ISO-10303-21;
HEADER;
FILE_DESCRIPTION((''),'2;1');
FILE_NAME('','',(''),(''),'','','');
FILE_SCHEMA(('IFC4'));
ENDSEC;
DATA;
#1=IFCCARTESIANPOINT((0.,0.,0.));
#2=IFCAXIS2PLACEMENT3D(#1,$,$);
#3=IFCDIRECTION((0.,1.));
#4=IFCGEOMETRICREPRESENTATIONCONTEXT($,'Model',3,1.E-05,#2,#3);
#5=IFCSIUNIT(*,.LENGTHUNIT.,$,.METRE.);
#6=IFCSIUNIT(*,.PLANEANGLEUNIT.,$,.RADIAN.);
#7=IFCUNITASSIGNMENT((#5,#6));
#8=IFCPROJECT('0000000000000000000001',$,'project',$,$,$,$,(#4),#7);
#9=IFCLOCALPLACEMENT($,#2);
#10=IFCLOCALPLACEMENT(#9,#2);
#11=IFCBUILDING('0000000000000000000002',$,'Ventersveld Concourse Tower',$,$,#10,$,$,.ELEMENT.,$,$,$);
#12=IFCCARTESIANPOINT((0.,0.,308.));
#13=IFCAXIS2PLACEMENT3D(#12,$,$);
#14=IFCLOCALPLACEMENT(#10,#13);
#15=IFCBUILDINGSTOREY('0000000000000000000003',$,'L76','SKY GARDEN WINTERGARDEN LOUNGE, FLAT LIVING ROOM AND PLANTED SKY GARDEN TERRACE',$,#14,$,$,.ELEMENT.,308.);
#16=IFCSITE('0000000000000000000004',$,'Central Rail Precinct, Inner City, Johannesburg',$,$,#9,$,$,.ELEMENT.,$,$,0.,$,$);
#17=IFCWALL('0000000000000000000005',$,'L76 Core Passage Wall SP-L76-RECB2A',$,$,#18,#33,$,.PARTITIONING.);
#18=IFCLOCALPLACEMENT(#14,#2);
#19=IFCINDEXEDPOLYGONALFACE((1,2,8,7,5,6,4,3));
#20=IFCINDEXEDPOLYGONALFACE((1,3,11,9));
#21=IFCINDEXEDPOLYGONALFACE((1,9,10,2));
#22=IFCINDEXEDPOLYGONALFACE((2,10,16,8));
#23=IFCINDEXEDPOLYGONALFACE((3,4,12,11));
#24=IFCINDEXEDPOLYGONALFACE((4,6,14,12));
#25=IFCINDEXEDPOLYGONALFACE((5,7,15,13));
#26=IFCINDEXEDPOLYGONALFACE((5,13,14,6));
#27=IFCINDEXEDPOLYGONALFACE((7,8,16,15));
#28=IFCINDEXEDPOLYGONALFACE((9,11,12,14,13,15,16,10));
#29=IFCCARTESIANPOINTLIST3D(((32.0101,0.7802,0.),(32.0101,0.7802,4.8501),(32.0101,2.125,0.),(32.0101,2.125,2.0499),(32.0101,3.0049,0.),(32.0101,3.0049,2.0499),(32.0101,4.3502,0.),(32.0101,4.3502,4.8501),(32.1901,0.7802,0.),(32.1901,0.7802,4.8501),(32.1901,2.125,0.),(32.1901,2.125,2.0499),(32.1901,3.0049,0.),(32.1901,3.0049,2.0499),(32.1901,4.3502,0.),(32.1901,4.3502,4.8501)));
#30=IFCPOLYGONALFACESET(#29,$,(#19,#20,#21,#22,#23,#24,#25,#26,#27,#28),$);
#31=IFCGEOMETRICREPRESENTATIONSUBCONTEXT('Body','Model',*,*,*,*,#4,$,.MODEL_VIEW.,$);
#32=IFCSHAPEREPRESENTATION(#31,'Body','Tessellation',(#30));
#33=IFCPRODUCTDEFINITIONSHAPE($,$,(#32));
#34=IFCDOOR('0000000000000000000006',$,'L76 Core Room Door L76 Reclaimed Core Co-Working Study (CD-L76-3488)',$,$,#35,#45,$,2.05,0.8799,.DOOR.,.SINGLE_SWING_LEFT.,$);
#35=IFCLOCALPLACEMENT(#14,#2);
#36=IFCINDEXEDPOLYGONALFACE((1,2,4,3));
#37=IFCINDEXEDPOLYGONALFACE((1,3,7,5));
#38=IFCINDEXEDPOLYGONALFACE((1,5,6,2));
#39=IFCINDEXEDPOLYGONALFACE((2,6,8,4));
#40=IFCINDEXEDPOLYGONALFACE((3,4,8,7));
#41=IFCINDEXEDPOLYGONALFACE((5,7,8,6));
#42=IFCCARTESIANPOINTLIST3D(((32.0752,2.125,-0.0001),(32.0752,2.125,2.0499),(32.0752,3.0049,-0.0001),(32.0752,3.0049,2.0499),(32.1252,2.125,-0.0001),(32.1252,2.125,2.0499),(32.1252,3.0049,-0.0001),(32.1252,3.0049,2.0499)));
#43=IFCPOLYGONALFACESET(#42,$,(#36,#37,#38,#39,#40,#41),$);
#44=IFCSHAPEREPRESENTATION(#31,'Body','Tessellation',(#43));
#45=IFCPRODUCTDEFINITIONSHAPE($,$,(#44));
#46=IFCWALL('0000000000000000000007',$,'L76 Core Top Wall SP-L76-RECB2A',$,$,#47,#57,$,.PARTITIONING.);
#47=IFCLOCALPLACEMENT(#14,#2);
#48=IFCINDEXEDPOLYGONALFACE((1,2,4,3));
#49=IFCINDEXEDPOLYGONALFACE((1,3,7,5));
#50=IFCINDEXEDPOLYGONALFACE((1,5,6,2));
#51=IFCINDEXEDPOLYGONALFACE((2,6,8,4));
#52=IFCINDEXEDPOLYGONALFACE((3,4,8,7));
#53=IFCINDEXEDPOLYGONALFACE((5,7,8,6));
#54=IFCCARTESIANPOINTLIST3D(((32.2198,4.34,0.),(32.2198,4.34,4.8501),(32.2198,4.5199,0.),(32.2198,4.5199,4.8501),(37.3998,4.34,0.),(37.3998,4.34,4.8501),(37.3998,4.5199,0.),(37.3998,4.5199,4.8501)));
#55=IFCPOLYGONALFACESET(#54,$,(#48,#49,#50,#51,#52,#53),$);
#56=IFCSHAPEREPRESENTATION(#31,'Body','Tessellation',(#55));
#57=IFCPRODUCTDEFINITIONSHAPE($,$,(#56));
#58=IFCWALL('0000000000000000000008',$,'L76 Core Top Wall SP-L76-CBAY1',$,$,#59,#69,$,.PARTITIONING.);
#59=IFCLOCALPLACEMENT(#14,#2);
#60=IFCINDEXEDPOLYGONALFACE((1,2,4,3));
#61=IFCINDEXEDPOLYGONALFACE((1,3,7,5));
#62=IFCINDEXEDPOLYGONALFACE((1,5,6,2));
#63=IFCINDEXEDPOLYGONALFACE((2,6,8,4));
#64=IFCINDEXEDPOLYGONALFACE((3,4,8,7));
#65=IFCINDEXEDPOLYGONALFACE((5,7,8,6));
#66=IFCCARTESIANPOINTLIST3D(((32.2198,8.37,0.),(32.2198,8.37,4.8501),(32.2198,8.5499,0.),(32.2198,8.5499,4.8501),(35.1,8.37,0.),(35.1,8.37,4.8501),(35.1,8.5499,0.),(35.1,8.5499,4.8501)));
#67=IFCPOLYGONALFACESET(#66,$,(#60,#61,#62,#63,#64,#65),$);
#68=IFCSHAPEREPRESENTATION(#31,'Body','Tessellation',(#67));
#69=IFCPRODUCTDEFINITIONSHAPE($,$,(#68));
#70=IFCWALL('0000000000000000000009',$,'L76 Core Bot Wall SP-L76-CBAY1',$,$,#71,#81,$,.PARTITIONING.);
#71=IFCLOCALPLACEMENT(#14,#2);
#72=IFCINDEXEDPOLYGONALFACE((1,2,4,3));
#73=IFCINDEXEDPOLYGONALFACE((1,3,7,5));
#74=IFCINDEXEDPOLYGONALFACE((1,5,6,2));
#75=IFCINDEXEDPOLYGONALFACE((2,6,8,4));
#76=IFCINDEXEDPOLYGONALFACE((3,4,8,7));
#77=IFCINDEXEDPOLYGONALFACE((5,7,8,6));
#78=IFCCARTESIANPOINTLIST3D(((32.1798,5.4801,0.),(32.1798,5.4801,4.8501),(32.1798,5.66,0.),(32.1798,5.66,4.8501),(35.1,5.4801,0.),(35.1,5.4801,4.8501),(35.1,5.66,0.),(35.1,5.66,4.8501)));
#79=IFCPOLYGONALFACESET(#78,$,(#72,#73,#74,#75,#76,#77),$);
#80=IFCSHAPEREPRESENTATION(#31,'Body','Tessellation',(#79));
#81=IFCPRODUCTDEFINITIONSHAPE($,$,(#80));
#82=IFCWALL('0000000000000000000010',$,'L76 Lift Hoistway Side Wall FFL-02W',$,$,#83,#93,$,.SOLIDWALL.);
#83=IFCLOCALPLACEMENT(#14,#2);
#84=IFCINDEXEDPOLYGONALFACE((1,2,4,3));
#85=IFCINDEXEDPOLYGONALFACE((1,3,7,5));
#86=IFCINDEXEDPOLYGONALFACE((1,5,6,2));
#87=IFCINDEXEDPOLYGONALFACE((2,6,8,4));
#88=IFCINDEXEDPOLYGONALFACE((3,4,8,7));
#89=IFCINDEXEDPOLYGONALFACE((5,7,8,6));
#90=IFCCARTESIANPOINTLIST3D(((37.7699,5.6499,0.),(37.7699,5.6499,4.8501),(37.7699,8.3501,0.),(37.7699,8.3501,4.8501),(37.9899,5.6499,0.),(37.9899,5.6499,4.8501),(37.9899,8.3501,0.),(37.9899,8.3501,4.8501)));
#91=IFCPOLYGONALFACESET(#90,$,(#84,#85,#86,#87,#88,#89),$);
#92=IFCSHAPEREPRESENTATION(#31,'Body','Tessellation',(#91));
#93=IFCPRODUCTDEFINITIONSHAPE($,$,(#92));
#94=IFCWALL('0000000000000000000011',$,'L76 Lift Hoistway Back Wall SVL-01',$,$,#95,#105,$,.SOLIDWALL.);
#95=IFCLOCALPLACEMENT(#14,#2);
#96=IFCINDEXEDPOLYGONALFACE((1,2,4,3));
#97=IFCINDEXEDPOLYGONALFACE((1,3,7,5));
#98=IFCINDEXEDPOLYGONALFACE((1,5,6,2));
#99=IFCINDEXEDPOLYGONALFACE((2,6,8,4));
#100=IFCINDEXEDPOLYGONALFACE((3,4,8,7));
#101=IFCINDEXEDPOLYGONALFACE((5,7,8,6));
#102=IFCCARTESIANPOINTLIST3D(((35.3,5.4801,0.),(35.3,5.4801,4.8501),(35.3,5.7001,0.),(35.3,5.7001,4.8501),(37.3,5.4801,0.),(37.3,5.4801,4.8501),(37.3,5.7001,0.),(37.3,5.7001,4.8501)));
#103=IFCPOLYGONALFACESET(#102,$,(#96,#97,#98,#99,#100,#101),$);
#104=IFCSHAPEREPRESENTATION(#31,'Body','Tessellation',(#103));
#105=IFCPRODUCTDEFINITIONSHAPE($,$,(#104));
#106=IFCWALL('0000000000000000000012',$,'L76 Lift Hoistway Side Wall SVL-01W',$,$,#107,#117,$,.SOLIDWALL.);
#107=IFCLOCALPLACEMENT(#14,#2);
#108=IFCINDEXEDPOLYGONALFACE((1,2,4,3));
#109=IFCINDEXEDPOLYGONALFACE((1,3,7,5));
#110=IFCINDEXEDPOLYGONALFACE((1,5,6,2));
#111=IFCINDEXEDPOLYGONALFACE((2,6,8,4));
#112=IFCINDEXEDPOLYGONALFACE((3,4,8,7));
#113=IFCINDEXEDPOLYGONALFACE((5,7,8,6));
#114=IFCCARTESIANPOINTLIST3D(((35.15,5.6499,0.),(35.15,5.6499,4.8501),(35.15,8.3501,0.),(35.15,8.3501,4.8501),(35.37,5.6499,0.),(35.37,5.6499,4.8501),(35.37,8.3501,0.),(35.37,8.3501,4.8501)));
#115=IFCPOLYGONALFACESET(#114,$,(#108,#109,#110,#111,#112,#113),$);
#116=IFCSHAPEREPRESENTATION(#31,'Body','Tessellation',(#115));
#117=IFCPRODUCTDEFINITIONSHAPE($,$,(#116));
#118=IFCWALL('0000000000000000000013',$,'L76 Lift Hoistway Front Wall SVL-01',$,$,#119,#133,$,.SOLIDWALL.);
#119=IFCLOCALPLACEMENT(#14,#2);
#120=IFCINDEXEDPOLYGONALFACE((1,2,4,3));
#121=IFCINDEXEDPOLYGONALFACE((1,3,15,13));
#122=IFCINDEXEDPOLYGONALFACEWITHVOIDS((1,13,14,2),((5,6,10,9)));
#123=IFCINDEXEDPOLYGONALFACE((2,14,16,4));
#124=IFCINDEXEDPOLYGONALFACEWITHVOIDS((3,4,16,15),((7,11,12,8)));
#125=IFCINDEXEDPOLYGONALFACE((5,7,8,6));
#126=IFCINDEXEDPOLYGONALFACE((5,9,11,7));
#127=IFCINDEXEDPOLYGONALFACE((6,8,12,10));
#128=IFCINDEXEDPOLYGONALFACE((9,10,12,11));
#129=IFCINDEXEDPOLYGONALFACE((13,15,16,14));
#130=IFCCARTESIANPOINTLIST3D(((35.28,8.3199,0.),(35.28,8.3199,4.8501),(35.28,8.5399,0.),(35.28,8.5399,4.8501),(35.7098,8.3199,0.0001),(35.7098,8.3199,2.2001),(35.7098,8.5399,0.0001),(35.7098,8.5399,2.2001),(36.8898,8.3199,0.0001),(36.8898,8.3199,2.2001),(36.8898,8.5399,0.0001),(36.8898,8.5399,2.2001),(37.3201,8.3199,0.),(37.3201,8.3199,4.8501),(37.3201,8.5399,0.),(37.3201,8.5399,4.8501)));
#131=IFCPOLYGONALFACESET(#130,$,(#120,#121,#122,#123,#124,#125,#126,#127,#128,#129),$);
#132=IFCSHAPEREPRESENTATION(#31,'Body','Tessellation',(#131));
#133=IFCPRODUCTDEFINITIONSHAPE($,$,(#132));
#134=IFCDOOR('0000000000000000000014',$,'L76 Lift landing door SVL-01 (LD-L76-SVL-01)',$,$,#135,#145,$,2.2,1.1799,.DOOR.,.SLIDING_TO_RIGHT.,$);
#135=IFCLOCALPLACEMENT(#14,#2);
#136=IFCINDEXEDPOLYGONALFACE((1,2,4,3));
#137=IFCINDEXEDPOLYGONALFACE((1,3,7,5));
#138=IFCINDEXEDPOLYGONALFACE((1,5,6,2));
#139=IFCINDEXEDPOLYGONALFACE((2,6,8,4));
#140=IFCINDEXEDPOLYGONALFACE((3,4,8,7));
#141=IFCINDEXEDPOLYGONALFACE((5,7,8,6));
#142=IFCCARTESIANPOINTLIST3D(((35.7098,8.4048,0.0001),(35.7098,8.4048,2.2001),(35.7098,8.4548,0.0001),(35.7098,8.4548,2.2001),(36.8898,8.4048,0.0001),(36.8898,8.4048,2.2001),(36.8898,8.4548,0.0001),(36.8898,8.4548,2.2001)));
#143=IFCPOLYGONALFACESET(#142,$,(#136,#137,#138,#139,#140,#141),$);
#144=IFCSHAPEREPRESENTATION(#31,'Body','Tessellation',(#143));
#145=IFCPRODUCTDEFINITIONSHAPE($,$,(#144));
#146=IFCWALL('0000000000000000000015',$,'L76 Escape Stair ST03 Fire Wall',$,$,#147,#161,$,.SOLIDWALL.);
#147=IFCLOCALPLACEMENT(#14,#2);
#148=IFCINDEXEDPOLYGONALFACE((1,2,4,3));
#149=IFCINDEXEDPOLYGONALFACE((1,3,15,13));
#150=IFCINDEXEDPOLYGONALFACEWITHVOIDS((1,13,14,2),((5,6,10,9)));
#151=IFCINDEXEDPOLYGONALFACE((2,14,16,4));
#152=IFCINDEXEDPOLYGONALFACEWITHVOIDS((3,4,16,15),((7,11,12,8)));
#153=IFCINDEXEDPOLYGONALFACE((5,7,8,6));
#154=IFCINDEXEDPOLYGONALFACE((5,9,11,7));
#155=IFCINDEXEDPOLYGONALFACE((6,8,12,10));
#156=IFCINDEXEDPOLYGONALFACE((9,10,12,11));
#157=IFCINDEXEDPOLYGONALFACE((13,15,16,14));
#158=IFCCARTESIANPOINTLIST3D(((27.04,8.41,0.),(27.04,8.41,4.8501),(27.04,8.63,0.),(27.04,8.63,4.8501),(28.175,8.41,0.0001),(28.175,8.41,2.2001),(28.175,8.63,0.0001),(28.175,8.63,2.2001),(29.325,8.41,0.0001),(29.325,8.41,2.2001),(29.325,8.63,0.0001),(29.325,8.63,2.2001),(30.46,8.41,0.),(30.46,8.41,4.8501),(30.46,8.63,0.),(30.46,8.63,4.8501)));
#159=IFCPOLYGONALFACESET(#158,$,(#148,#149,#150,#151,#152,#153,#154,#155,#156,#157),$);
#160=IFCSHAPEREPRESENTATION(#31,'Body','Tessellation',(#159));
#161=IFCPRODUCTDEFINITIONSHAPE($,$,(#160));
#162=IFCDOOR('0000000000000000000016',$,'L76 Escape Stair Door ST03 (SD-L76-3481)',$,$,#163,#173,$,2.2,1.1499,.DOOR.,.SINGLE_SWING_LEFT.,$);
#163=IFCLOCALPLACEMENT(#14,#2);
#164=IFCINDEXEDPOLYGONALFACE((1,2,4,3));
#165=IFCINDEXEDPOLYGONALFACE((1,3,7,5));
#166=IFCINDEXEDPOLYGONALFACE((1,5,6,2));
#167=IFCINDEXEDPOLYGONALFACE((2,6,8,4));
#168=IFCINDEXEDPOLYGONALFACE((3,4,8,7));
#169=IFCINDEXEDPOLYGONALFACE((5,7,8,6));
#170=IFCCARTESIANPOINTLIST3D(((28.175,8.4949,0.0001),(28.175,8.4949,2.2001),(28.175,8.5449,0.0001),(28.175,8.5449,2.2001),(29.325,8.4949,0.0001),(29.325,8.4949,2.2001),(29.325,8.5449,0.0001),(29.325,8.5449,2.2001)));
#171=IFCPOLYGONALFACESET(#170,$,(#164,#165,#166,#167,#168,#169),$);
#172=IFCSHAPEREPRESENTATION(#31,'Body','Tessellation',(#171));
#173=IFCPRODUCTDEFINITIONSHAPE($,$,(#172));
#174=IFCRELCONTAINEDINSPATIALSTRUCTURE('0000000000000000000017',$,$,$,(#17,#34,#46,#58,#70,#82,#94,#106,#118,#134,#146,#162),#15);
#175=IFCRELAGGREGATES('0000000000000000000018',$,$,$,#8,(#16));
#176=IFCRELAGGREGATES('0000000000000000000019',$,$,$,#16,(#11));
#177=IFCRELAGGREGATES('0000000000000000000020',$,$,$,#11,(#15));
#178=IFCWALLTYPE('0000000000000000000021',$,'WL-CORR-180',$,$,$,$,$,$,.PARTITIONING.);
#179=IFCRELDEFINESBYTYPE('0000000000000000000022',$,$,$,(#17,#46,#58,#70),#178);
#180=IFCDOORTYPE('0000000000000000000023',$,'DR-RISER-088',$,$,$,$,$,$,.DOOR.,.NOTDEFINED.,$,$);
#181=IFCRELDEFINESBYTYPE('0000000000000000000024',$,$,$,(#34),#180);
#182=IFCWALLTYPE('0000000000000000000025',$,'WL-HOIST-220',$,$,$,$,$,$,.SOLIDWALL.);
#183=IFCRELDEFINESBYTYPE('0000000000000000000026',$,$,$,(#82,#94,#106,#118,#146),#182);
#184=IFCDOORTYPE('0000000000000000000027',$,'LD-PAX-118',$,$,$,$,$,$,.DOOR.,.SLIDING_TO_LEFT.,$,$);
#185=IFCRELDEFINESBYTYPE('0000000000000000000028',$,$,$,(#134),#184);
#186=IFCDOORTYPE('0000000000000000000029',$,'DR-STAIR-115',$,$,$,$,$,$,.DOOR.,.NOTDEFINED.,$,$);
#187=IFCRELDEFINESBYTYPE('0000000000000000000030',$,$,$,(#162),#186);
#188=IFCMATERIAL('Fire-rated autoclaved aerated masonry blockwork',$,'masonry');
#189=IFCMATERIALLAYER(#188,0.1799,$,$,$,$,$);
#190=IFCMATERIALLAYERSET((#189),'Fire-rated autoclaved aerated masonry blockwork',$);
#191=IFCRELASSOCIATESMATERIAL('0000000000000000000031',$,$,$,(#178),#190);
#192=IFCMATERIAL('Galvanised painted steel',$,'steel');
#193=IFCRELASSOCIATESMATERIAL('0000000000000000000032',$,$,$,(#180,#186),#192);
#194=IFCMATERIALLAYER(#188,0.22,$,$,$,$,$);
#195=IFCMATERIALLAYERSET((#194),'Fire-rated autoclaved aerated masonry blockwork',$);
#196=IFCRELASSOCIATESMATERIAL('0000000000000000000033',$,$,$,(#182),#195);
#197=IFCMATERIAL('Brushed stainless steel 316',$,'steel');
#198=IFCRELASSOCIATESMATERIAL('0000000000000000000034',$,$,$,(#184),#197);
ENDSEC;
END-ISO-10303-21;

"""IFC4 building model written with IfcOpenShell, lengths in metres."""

from ifc_helpers import new_model, si_unit, direction, frame, frame_2d, origin, place, context, subcontext, project, spatial, rectangle, extrude, material, layer, layer_set, type_object, element, fill, save


model = new_model("IFC4")

# Units and contexts
model_context = context("Model", 3, precision=1e-05, world=origin(), true_north=direction((0.0, 1.0)))
body_context = subcontext(model_context, "Body", "Model", "MODEL_VIEW")
ifc_project = project(units=[si_unit("LENGTHUNIT", "METRE"), si_unit("PLANEANGLEUNIT", "RADIAN")], contexts=[model_context])

# Site, building, storey
site_placement = place(None, origin())
site = spatial("IfcSite", under=ifc_project, at=site_placement, Name="Central Rail Precinct, Inner City, Johannesburg", CompositionType="ELEMENT", RefElevation=0.0)
building_placement = place(site_placement, origin())
building = spatial("IfcBuilding", under=site, at=building_placement, Name="Ventersveld Concourse Tower", CompositionType="ELEMENT")
storey_placement = place(building_placement, frame((0.0, 0.0, 308.0)))
storey = spatial("IfcBuildingStorey", under=building, at=storey_placement, Name="L76", Description="SKY GARDEN WINTERGARDEN LOUNGE, FLAT LIVING ROOM AND PLANTED SKY GARDEN TERRACE", CompositionType="ELEMENT", Elevation=308.0)

# Wall, opening, door
ifc_material_1 = material(Name="Fire-rated autoclaved aerated masonry blockwork", Category="masonry")
ifc_layer_1 = layer(ifc_material_1, 0.1799)
ifc_layer_set_1 = layer_set([ifc_layer_1], Name="Fire-rated autoclaved aerated masonry blockwork")
wall_type_1 = type_object("IfcWallType", Name="WL-CORR-180", PredefinedType="PARTITIONING", material=ifc_layer_set_1)
wall_1_placement = place(storey_placement, frame((32.1001, 0.78, 0.0), z_axis=(0.0, 0.0, 1.0), x_axis=(0.0, 1.0, 0.0)))
wall_1 = element("IfcWall", 1, at=wall_1_placement, inside=storey, type_object=wall_type_1, Name="L76 Core Passage Wall SP-L76-RECB2A", PredefinedType="PARTITIONING", context=body_context, shape_type="SweptSolid", body=[
    extrude(rectangle(XDim=3.5701, YDim=0.1799, at=frame_2d((1.7852, 0.0))), origin(), (0.0, 0.0, 1.0), 4.8501),
])
opening_1_placement = place(wall_1_placement, frame((1.345, 0.0, 0.0)))
opening_1 = element("IfcOpeningElement", 2, at=opening_1_placement, cuts=wall_1, PredefinedType="OPENING", context=body_context, shape_type="SweptSolid", body=[
    extrude(rectangle(XDim=0.8799, YDim=2.05, at=frame_2d((0.4399, 1.0249))), frame((0.0, 0.1001, 0.0), z_axis=(0.0, -1.0, 0.0), x_axis=(1.0, 0.0, 0.0)), (0.0, 0.0, 1.0), 0.2),
])
ifc_material_2 = material(Name="Galvanised painted steel", Category="steel")
door_type_1 = type_object("IfcDoorType", Name="DR-RISER-088", OperationType="NOTDEFINED", PredefinedType="DOOR", material=ifc_material_2)
door_1_placement = place(opening_1_placement, origin())
door_1 = element("IfcDoor", 3, at=door_1_placement, inside=storey, type_object=door_type_1, Name="L76 Core Room Door L76 Reclaimed Core Co-Working Study (CD-L76-3488)", OperationType="SINGLE_SWING_LEFT", OverallHeight=2.05, OverallWidth=0.8799, PredefinedType="DOOR", context=body_context, shape_type="SweptSolid", body=[
    extrude(rectangle(XDim=0.8799, YDim=2.05, at=frame_2d((0.4399, 1.0249))), frame((0.0, 0.0249, 0.0), z_axis=(0.0, -1.0, 0.0), x_axis=(1.0, 0.0, 0.0)), (0.0, 0.0, 1.0), 0.05),
])
fill(opening_1, door_1)

# Wall
wall_2_placement = place(storey_placement, frame((32.22, 4.4299, 0.0), z_axis=(0.0, 0.0, 1.0), x_axis=(1.0, 0.0, 0.0)))
element("IfcWall", 4, at=wall_2_placement, inside=storey, type_object=wall_type_1, Name="L76 Core Top Wall SP-L76-RECB2A", PredefinedType="PARTITIONING", context=body_context, shape_type="SweptSolid", body=[
    extrude(rectangle(XDim=5.1799, YDim=0.1799, at=frame_2d((2.5898, 0.0))), origin(), (0.0, 0.0, 1.0), 4.8501),
])

# Walls
wall_3_placement = place(storey_placement, frame((32.22, 8.46, 0.0), z_axis=(0.0, 0.0, 1.0), x_axis=(1.0, 0.0, 0.0)))
element("IfcWall", 5, at=wall_3_placement, inside=storey, type_object=wall_type_1, Name="L76 Core Top Wall SP-L76-CBAY1", PredefinedType="PARTITIONING", context=body_context, shape_type="SweptSolid", body=[
    extrude(rectangle(XDim=2.8801, YDim=0.1799, at=frame_2d((1.4399, 0.0))), origin(), (0.0, 0.0, 1.0), 4.8501),
])
wall_4_placement = place(storey_placement, frame((32.1799, 5.5701, 0.0), z_axis=(0.0, 0.0, 1.0), x_axis=(1.0, 0.0, 0.0)))
element("IfcWall", 6, at=wall_4_placement, inside=storey, type_object=wall_type_1, Name="L76 Core Bot Wall SP-L76-CBAY1", PredefinedType="PARTITIONING", context=body_context, shape_type="SweptSolid", body=[
    extrude(rectangle(XDim=2.9202, YDim=0.1799, at=frame_2d((1.46, 0.0))), origin(), (0.0, 0.0, 1.0), 4.8501),
])
ifc_layer_2 = layer(ifc_material_1, 0.22)
ifc_layer_set_2 = layer_set([ifc_layer_2], Name="Fire-rated autoclaved aerated masonry blockwork")
wall_type_2 = type_object("IfcWallType", Name="WL-HOIST-220", PredefinedType="SOLIDWALL", material=ifc_layer_set_2)
wall_5_placement = place(storey_placement, frame((37.8799, 5.6499, 0.0), z_axis=(0.0, 0.0, 1.0), x_axis=(0.0, 1.0, 0.0)))
element("IfcWall", 7, at=wall_5_placement, inside=storey, type_object=wall_type_2, Name="L76 Lift Hoistway Side Wall FFL-02W", PredefinedType="SOLIDWALL", context=body_context, shape_type="SweptSolid", body=[
    extrude(rectangle(XDim=2.7002, YDim=0.22, at=frame_2d((1.3501, 0.0))), origin(), (0.0, 0.0, 1.0), 4.8501),
])
wall_6_placement = place(storey_placement, frame((35.3, 5.5901, 0.0), z_axis=(0.0, 0.0, 1.0), x_axis=(1.0, 0.0, 0.0)))
element("IfcWall", 8, at=wall_6_placement, inside=storey, type_object=wall_type_2, Name="L76 Lift Hoistway Back Wall SVL-01", PredefinedType="SOLIDWALL", context=body_context, shape_type="SweptSolid", body=[
    extrude(rectangle(XDim=2.0, YDim=0.22, at=frame_2d((1.0, 0.0))), origin(), (0.0, 0.0, 1.0), 4.8501),
])
wall_7_placement = place(storey_placement, frame((35.26, 5.6499, 0.0), z_axis=(0.0, 0.0, 1.0), x_axis=(0.0, 1.0, 0.0)))
element("IfcWall", 9, at=wall_7_placement, inside=storey, type_object=wall_type_2, Name="L76 Lift Hoistway Side Wall SVL-01W", PredefinedType="SOLIDWALL", context=body_context, shape_type="SweptSolid", body=[
    extrude(rectangle(XDim=2.7002, YDim=0.22, at=frame_2d((1.3501, 0.0))), origin(), (0.0, 0.0, 1.0), 4.8501),
])

# Walls, openings, doors
wall_8_placement = place(storey_placement, frame((35.28, 8.4299, 0.0), z_axis=(0.0, 0.0, 1.0), x_axis=(1.0, 0.0, 0.0)))
wall_8 = element("IfcWall", 10, at=wall_8_placement, inside=storey, type_object=wall_type_2, Name="L76 Lift Hoistway Front Wall SVL-01", PredefinedType="SOLIDWALL", context=body_context, shape_type="SweptSolid", body=[
    extrude(rectangle(XDim=2.04, YDim=0.22, at=frame_2d((1.02, 0.0))), origin(), (0.0, 0.0, 1.0), 4.8501),
])
opening_2_placement = place(wall_8_placement, frame((0.4299, 0.0, 0.0)))
opening_2 = element("IfcOpeningElement", 11, at=opening_2_placement, cuts=wall_8, PredefinedType="OPENING", context=body_context, shape_type="SweptSolid", body=[
    extrude(rectangle(XDim=1.1799, YDim=2.2, at=frame_2d((0.5898, 1.1001))), frame((0.0, 0.1201, 0.0), z_axis=(0.0, -1.0, 0.0), x_axis=(1.0, 0.0, 0.0)), (0.0, 0.0, 1.0), 0.24),
])
ifc_material_3 = material(Name="Brushed stainless steel 316", Category="steel")
door_type_2 = type_object("IfcDoorType", Name="LD-PAX-118", OperationType="SLIDING_TO_LEFT", PredefinedType="DOOR", material=ifc_material_3)
door_2_placement = place(opening_2_placement, origin())
door_2 = element("IfcDoor", 12, at=door_2_placement, inside=storey, type_object=door_type_2, Name="L76 Lift landing door SVL-01 (LD-L76-SVL-01)", OperationType="SLIDING_TO_RIGHT", OverallHeight=2.2, OverallWidth=1.1799, PredefinedType="DOOR", context=body_context, shape_type="SweptSolid", body=[
    extrude(rectangle(XDim=1.1799, YDim=2.2, at=frame_2d((0.5898, 1.1001))), frame((0.0, 0.0249, 0.0), z_axis=(0.0, -1.0, 0.0), x_axis=(1.0, 0.0, 0.0)), (0.0, 0.0, 1.0), 0.05),
])
fill(opening_2, door_2)
wall_9_placement = place(storey_placement, frame((27.04, 8.52, 0.0), z_axis=(0.0, 0.0, 1.0), x_axis=(1.0, 0.0, 0.0)))
wall_9 = element("IfcWall", 13, at=wall_9_placement, inside=storey, type_object=wall_type_2, Name="L76 Escape Stair ST03 Fire Wall", PredefinedType="SOLIDWALL", context=body_context, shape_type="SweptSolid", body=[
    extrude(rectangle(XDim=3.4199, YDim=0.22, at=frame_2d((1.71, 0.0))), origin(), (0.0, 0.0, 1.0), 4.8501),
])
opening_3_placement = place(wall_9_placement, frame((1.135, 0.0, 0.0)))
opening_3 = element("IfcOpeningElement", 14, at=opening_3_placement, cuts=wall_9, PredefinedType="OPENING", context=body_context, shape_type="SweptSolid", body=[
    extrude(rectangle(XDim=1.1499, YDim=2.2, at=frame_2d((0.575, 1.1001))), frame((0.0, 0.1201, 0.0), z_axis=(0.0, -1.0, 0.0), x_axis=(1.0, 0.0, 0.0)), (0.0, 0.0, 1.0), 0.24),
])
door_type_3 = type_object("IfcDoorType", Name="DR-STAIR-115", OperationType="NOTDEFINED", PredefinedType="DOOR", material=ifc_material_2)
door_3_placement = place(opening_3_placement, origin())
door_3 = element("IfcDoor", 15, at=door_3_placement, inside=storey, type_object=door_type_3, Name="L76 Escape Stair Door ST03 (SD-L76-3481)", OperationType="SINGLE_SWING_LEFT", OverallHeight=2.2, OverallWidth=1.1499, PredefinedType="DOOR", context=body_context, shape_type="SweptSolid", body=[
    extrude(rectangle(XDim=1.1499, YDim=2.2, at=frame_2d((0.575, 1.1001))), frame((0.0, 0.0249, 0.0), z_axis=(0.0, -1.0, 0.0), x_axis=(1.0, 0.0, 0.0)), (0.0, 0.0, 1.0), 0.05),
])
fill(opening_3, door_3)

save(model, "model.ifc")
